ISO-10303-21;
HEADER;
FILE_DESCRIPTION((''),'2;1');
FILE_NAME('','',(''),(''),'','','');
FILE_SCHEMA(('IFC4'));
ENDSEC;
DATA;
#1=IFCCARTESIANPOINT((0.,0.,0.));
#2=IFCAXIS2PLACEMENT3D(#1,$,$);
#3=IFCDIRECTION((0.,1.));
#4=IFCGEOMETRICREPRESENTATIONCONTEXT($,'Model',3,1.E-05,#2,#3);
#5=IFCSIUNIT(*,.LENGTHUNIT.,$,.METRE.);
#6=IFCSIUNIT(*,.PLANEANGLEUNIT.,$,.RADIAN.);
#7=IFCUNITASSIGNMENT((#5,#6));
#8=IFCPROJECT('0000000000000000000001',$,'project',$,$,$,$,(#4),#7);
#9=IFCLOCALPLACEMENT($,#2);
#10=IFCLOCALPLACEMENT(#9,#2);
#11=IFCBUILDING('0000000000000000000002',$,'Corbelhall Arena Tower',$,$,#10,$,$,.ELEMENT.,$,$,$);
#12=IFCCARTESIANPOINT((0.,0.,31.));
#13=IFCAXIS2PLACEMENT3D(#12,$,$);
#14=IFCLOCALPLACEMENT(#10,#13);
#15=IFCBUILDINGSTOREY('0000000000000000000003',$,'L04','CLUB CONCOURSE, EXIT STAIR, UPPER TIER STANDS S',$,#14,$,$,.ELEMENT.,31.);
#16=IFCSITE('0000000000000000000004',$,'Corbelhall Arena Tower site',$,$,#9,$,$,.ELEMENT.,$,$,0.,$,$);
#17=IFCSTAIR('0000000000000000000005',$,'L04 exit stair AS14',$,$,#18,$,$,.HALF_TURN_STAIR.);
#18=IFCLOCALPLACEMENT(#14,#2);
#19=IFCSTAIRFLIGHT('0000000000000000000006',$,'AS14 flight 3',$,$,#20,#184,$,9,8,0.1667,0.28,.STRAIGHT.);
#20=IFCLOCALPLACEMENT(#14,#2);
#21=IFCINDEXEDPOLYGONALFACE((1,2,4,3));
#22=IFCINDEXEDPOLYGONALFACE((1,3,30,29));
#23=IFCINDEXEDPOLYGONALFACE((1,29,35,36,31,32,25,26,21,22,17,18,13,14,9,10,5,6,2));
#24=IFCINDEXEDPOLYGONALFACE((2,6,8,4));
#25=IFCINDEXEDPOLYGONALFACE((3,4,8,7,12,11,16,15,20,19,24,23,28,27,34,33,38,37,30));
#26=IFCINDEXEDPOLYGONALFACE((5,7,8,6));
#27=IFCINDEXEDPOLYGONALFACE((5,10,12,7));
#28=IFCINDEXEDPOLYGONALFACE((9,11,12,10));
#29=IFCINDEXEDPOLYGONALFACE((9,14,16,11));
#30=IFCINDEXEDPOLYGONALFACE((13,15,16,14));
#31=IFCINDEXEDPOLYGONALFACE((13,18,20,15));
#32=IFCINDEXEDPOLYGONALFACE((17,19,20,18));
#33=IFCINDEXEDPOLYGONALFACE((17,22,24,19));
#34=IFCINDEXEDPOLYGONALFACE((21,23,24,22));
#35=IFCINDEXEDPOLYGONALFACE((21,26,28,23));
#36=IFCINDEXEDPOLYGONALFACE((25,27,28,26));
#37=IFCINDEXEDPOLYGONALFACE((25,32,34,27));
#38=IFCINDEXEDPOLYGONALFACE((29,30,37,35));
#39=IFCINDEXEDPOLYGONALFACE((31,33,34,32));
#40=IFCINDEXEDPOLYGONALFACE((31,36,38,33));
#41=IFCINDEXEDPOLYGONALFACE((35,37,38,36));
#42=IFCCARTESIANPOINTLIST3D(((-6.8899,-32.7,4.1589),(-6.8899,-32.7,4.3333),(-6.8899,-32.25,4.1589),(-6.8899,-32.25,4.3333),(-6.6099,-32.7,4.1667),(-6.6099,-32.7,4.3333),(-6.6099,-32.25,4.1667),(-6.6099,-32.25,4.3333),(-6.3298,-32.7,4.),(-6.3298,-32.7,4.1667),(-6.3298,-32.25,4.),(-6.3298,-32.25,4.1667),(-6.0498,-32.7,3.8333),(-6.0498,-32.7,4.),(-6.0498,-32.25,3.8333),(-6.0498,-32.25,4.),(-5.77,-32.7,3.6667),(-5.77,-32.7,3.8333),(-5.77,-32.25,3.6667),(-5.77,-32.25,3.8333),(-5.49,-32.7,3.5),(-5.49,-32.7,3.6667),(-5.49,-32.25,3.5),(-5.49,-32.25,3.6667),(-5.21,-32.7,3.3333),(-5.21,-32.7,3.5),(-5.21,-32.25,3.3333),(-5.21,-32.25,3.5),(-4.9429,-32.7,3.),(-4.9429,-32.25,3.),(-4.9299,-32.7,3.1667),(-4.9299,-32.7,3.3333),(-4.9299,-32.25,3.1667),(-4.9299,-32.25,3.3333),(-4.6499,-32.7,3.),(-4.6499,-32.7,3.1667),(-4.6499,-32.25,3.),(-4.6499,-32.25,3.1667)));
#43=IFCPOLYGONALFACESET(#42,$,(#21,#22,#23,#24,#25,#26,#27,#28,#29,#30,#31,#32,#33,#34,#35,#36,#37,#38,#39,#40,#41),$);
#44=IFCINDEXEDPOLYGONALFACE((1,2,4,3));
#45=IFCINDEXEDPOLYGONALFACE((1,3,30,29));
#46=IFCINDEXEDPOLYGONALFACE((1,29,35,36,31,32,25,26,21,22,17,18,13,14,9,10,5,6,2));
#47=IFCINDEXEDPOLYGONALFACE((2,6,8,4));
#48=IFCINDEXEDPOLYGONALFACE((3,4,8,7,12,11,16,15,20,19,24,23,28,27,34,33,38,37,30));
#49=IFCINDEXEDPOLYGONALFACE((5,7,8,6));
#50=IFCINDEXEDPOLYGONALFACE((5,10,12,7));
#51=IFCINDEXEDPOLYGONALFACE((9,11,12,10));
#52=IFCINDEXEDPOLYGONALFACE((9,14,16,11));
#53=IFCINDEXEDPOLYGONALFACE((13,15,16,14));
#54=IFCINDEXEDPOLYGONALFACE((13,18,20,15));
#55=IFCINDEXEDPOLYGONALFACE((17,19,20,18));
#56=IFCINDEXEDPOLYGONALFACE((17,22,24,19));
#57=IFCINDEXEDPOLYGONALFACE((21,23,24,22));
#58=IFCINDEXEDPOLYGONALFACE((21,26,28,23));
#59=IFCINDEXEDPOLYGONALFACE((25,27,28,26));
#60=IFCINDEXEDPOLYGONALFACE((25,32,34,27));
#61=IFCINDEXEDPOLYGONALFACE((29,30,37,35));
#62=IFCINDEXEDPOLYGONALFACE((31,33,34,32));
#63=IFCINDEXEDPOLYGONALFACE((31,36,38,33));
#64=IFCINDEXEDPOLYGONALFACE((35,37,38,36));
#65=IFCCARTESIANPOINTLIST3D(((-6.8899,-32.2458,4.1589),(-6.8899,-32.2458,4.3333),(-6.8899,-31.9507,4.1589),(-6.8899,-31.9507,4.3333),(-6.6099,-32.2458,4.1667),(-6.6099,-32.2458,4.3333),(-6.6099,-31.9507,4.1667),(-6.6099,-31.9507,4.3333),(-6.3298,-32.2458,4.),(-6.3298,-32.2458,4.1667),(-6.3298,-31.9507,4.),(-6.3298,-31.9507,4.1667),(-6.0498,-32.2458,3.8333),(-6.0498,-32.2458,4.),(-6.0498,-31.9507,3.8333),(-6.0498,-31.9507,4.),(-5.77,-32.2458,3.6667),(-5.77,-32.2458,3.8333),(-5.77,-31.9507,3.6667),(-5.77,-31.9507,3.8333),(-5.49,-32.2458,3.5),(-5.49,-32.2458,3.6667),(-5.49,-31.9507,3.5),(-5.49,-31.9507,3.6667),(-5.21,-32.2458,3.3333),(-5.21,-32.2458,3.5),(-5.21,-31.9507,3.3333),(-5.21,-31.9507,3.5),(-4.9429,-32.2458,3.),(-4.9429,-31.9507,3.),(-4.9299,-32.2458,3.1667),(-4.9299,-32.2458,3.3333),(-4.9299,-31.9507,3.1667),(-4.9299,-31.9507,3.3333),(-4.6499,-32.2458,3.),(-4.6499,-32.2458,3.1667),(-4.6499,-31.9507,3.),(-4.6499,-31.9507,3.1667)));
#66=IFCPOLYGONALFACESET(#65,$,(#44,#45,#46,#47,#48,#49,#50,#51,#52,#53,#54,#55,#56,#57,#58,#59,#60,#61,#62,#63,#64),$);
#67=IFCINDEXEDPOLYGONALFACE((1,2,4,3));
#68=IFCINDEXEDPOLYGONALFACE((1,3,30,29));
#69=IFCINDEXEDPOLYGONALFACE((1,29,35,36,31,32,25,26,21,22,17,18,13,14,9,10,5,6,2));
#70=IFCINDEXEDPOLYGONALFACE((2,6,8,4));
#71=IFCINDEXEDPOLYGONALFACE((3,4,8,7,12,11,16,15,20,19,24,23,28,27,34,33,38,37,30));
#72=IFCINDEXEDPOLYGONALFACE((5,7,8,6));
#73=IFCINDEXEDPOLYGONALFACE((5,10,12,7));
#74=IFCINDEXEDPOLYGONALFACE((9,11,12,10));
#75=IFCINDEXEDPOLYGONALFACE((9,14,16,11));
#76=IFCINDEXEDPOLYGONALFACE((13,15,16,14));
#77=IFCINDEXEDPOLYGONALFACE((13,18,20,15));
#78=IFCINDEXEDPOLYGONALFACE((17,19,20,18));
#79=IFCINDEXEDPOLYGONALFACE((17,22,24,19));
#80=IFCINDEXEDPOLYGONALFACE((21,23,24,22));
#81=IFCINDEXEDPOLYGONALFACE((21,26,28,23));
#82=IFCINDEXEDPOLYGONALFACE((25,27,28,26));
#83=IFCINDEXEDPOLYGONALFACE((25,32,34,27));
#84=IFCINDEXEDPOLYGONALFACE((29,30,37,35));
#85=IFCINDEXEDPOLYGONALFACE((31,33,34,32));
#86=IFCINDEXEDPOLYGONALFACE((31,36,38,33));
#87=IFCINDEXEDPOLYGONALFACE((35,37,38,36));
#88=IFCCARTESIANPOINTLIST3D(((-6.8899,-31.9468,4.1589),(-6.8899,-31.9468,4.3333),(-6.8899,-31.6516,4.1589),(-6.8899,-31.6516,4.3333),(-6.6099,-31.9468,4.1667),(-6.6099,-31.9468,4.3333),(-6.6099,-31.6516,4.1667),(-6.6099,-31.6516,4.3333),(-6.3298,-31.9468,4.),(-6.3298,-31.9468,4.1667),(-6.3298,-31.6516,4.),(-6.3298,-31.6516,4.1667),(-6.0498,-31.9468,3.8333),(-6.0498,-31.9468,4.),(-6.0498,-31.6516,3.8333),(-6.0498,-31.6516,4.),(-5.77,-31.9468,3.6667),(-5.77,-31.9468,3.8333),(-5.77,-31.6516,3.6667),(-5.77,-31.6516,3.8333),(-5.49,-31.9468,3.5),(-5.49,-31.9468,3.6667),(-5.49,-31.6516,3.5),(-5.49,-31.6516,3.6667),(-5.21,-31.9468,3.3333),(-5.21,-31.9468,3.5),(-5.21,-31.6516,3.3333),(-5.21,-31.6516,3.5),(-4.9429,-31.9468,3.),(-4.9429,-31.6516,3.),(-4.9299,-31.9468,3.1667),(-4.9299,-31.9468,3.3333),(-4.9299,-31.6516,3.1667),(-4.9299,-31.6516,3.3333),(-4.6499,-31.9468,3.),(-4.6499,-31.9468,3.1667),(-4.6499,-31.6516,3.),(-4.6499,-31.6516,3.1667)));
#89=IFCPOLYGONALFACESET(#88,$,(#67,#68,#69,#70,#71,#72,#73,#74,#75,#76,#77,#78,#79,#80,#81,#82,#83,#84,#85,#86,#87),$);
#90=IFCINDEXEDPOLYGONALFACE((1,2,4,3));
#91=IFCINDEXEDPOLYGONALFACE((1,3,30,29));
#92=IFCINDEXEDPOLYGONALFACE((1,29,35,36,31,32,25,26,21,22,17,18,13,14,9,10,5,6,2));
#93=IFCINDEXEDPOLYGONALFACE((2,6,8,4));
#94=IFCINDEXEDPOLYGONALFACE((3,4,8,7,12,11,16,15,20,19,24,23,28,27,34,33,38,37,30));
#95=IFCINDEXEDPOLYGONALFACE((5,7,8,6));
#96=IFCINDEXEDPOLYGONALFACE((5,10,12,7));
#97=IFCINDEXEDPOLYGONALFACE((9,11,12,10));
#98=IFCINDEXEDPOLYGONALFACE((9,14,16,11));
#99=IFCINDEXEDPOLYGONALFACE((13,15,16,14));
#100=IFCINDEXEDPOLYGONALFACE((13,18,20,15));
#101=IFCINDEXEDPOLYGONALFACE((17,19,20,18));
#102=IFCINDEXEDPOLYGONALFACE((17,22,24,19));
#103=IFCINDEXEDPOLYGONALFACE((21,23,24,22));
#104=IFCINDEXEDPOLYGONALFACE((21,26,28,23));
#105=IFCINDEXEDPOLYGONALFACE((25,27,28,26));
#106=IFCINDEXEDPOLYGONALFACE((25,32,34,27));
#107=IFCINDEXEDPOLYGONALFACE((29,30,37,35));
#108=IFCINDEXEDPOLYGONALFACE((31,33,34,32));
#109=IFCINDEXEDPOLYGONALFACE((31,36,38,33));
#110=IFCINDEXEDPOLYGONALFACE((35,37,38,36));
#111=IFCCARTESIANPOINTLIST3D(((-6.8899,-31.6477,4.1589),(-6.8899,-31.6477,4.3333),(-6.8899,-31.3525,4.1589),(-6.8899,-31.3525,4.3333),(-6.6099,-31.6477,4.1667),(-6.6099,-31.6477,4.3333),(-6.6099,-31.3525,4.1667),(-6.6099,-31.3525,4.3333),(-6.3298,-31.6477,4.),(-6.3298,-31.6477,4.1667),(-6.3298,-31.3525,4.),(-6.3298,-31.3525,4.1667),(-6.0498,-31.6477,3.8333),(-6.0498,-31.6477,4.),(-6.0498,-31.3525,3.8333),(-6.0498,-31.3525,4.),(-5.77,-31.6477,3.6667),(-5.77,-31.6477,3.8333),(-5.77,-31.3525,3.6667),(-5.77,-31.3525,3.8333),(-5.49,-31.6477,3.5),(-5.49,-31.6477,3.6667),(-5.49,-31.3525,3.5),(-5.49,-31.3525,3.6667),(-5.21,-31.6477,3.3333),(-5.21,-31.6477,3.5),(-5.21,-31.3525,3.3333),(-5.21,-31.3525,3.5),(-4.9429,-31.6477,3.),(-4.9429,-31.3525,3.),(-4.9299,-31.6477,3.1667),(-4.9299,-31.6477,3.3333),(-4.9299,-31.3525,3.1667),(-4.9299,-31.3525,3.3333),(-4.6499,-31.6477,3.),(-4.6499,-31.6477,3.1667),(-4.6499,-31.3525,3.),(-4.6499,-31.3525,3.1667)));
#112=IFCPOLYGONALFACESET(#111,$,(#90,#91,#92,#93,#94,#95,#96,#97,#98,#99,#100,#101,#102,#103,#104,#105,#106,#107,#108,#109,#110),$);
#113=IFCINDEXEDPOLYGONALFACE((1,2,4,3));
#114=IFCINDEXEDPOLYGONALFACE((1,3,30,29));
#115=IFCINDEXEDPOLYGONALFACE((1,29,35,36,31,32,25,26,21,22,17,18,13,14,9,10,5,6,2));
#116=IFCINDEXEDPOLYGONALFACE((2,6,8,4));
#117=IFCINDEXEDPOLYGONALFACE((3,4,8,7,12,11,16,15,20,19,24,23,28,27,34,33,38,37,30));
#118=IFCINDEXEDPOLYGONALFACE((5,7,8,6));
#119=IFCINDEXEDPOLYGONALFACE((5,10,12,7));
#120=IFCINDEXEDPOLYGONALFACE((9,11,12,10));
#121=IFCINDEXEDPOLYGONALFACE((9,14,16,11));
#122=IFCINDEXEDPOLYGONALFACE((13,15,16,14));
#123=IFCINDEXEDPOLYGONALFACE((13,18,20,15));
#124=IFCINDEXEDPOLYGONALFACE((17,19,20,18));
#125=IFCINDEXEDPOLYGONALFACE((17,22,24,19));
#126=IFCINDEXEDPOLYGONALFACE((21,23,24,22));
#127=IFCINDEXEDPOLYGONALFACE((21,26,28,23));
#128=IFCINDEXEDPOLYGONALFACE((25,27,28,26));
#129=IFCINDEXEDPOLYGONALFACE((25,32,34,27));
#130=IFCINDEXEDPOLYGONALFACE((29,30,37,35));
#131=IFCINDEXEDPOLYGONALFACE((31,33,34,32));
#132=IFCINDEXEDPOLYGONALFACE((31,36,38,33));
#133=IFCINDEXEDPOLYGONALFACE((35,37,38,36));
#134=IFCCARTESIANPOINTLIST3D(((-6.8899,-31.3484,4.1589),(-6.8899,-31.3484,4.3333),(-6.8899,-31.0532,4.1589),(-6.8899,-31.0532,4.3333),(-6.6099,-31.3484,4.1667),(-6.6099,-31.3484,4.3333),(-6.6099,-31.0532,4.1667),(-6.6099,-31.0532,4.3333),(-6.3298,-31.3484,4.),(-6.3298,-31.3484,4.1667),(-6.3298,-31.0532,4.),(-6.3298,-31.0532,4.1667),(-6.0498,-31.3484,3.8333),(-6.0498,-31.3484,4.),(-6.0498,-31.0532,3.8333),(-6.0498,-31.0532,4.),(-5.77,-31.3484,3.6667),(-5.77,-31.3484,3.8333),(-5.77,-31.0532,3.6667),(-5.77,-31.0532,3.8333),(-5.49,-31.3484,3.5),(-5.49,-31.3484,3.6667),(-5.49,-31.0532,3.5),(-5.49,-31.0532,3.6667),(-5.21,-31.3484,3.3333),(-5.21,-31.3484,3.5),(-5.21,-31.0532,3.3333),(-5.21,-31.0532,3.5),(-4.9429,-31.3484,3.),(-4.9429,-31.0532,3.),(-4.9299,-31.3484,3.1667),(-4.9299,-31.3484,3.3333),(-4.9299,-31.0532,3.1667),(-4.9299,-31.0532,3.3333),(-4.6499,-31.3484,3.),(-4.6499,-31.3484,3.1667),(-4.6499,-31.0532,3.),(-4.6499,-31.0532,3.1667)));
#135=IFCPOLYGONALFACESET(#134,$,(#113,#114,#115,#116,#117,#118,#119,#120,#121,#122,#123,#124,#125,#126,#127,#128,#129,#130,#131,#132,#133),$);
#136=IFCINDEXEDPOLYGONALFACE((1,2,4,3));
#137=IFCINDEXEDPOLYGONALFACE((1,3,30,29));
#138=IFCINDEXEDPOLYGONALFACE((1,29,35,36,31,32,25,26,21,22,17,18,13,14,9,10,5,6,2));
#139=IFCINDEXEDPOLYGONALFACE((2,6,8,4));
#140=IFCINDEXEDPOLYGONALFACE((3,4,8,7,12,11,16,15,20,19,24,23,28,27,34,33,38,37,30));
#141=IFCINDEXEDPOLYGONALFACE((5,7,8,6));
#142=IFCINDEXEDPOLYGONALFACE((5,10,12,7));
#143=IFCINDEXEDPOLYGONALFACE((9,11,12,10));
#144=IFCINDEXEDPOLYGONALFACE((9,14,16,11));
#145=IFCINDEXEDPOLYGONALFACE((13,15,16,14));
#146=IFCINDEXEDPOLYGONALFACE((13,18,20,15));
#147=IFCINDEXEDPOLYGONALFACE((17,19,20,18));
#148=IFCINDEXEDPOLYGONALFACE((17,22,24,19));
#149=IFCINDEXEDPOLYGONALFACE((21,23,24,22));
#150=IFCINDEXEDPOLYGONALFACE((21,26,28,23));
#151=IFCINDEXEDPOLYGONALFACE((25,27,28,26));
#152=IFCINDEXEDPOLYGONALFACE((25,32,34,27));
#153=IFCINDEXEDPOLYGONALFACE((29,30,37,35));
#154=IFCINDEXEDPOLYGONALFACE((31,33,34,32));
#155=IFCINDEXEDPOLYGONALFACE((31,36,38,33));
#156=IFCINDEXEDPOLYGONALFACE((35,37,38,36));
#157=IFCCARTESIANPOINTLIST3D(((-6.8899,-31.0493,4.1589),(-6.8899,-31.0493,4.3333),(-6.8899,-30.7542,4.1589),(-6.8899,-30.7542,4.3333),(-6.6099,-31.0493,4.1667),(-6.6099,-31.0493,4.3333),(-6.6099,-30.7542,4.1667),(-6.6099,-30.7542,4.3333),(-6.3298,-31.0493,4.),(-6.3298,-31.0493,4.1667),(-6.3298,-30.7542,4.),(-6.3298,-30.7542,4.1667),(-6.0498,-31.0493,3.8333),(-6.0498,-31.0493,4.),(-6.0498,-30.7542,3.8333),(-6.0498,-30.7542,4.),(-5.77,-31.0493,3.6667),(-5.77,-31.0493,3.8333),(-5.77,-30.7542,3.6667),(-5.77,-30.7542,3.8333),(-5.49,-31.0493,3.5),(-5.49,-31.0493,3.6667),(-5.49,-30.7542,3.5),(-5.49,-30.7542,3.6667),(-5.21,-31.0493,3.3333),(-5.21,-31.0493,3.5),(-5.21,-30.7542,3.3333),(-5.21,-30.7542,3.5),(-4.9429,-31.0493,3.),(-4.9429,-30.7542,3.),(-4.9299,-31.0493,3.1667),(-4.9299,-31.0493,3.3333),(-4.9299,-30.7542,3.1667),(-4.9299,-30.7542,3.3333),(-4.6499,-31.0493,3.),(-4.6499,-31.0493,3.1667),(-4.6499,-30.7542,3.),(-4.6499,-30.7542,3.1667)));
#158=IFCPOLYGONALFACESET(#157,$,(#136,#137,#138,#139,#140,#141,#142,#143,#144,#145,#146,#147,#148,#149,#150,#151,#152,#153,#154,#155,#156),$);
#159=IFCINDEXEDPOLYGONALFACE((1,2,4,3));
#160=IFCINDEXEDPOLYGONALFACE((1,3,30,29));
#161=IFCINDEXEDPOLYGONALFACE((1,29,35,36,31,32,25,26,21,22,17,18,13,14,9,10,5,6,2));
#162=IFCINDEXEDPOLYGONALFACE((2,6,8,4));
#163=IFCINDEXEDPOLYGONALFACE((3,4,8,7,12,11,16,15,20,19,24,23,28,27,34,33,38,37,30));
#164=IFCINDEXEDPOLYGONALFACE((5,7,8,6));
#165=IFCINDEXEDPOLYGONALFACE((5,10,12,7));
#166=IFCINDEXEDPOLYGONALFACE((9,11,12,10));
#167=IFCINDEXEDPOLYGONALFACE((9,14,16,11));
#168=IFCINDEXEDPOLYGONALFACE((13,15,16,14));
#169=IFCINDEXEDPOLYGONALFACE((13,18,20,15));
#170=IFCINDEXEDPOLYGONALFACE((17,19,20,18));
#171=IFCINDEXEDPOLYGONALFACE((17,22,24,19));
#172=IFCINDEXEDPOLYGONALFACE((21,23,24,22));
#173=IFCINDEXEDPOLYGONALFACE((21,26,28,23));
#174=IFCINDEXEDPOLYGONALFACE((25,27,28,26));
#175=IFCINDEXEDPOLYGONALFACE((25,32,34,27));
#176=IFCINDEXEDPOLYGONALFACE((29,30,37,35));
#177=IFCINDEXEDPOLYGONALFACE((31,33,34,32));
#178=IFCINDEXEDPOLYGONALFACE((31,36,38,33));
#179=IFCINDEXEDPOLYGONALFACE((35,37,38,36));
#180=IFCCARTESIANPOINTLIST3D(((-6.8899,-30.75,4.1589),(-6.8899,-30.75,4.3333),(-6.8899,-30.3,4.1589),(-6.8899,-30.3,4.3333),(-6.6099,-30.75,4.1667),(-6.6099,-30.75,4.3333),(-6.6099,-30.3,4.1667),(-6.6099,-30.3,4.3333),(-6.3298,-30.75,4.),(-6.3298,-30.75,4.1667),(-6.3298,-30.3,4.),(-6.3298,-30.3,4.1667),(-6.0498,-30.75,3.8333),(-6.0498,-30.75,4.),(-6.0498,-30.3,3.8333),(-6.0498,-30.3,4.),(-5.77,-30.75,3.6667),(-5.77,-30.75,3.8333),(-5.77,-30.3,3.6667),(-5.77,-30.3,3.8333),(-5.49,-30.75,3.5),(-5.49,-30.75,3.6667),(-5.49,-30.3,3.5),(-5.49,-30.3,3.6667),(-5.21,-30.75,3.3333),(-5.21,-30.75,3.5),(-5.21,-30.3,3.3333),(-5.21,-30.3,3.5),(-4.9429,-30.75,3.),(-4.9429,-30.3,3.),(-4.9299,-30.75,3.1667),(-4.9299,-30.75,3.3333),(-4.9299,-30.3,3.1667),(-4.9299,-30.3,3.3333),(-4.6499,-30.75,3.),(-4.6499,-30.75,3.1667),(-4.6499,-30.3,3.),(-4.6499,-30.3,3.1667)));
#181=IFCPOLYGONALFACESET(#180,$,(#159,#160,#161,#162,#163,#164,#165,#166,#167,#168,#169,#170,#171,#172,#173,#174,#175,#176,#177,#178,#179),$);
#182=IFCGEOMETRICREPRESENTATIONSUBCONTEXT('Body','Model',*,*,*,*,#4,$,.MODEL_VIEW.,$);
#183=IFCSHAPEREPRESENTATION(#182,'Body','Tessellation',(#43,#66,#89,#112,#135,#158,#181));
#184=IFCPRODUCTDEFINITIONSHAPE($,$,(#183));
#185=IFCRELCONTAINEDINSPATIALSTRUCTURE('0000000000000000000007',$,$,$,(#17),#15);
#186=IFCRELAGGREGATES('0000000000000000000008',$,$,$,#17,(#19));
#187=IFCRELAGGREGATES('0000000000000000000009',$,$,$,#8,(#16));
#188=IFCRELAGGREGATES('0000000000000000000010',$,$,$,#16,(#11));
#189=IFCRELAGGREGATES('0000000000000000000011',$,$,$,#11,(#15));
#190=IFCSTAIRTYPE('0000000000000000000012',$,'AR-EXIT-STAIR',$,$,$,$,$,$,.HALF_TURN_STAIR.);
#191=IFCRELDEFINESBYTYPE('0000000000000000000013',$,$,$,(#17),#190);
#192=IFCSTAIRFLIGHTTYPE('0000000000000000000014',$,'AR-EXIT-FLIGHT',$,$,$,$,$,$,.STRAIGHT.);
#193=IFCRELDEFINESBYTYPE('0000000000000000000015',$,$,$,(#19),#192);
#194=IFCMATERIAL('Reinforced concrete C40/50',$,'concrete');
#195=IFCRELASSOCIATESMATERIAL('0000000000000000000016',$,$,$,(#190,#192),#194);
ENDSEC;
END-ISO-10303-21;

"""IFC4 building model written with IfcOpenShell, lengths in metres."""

from ifc_helpers import new_model, si_unit, direction, frame, origin, place, context, subcontext, project, spatial, polyline, outline, extrude, material, type_object, element, aggregate, save


model = new_model("IFC4")

# Units and contexts
model_context = context("Model", 3, precision=1e-05, world=origin(), true_north=direction((0.0, 1.0)))
body_context = subcontext(model_context, "Body", "Model", "MODEL_VIEW")
ifc_project = project(units=[si_unit("LENGTHUNIT", "METRE"), si_unit("PLANEANGLEUNIT", "RADIAN")], contexts=[model_context])

# Site, building, storey
site_placement = place(None, origin())
site = spatial("IfcSite", under=ifc_project, at=site_placement, Name="Corbelhall Arena Tower site", CompositionType="ELEMENT", RefElevation=0.0)
building_placement = place(site_placement, origin())
building = spatial("IfcBuilding", under=site, at=building_placement, Name="Corbelhall Arena Tower", CompositionType="ELEMENT")
storey_placement = place(building_placement, frame((0.0, 0.0, 31.0)))
storey = spatial("IfcBuildingStorey", under=building, at=storey_placement, Name="L04", Description="CLUB CONCOURSE, EXIT STAIR, UPPER TIER STANDS S", CompositionType="ELEMENT", Elevation=31.0)

# Shared definitions
ifc_material_1 = material(Name="Reinforced concrete C40/50", Category="concrete")

# Shared definitions
stair_type = type_object("IfcStairType", Name="AR-EXIT-STAIR", PredefinedType="HALF_TURN_STAIR", material=ifc_material_1)
stair_flight_type = type_object("IfcStairFlightType", Name="AR-EXIT-FLIGHT", PredefinedType="STRAIGHT", material=ifc_material_1)

# Stair, stair flight
stair_1_placement = place(storey_placement, origin())
stair_1 = element("IfcStair", 1, at=stair_1_placement, inside=storey, type_object=stair_type, Name="L04 exit stair AS14", PredefinedType="HALF_TURN_STAIR")
stair_flight_1_placement = place(storey_placement, frame((-4.6499, -31.5, 3.0), z_axis=(0.0, 0.0, 1.0), x_axis=(-1.0, 0.0, 0.0)))
stair_flight_1 = element("IfcStairFlight", 2, at=stair_flight_1_placement, type_object=stair_flight_type, Name="AS14 flight 3", NumberOfRisers=9, NumberOfTreads=8, PredefinedType="STRAIGHT", RiserHeight=0.1667, TreadLength=0.28, context=body_context, shape_type="SweptSolid", body=[
    extrude(outline(polyline([(0.0, 0.0), (0.0, 0.1667), (0.28, 0.1667), (0.28, 0.3333), (0.5601, 0.3333), (0.5601, 0.5), (0.8401, 0.5), (0.8401, 0.6667), (1.1201, 0.6667), (1.1201, 0.8333), (1.3999, 0.8333), (1.3999, 1.0), (1.6799, 1.0), (1.6799, 1.1667), (1.96, 1.1667), (1.96, 1.3333), (2.24, 1.3333), (2.24, 1.5), (2.24, 1.1589), (0.293, 0.0), (0.0, 0.0)])), frame((0.0, 1.2, 0.0), z_axis=(0.0, -1.0, 0.0), x_axis=(1.0, 0.0, 0.0)), (0.0, 0.0, 1.0), 0.45),
    extrude(outline(polyline([(0.0, 0.0), (0.0, 0.1667), (0.28, 0.1667), (0.28, 0.3333), (0.5601, 0.3333), (0.5601, 0.5), (0.8401, 0.5), (0.8401, 0.6667), (1.1201, 0.6667), (1.1201, 0.8333), (1.3999, 0.8333), (1.3999, 1.0), (1.6799, 1.0), (1.6799, 1.1667), (1.96, 1.1667), (1.96, 1.3333), (2.24, 1.3333), (2.24, 1.5), (2.24, 1.1589), (0.293, 0.0), (0.0, 0.0)])), frame((0.0, 0.7458, 0.0), z_axis=(0.0, -1.0, 0.0), x_axis=(1.0, 0.0, 0.0)), (0.0, 0.0, 1.0), 0.2952),
    extrude(outline(polyline([(0.0, 0.0), (0.0, 0.1667), (0.28, 0.1667), (0.28, 0.3333), (0.5601, 0.3333), (0.5601, 0.5), (0.8401, 0.5), (0.8401, 0.6667), (1.1201, 0.6667), (1.1201, 0.8333), (1.3999, 0.8333), (1.3999, 1.0), (1.6799, 1.0), (1.6799, 1.1667), (1.96, 1.1667), (1.96, 1.3333), (2.24, 1.3333), (2.24, 1.5), (2.24, 1.1589), (0.293, 0.0), (0.0, 0.0)])), frame((0.0, 0.4468, 0.0), z_axis=(0.0, -1.0, 0.0), x_axis=(1.0, 0.0, 0.0)), (0.0, 0.0, 1.0), 0.2952),
    extrude(outline(polyline([(0.0, 0.0), (0.0, 0.1667), (0.28, 0.1667), (0.28, 0.3333), (0.5601, 0.3333), (0.5601, 0.5), (0.8401, 0.5), (0.8401, 0.6667), (1.1201, 0.6667), (1.1201, 0.8333), (1.3999, 0.8333), (1.3999, 1.0), (1.6799, 1.0), (1.6799, 1.1667), (1.96, 1.1667), (1.96, 1.3333), (2.24, 1.3333), (2.24, 1.5), (2.24, 1.1589), (0.293, 0.0), (0.0, 0.0)])), frame((0.0, 0.1477, 0.0), z_axis=(0.0, -1.0, 0.0), x_axis=(1.0, 0.0, 0.0)), (0.0, 0.0, 1.0), 0.2952),
    extrude(outline(polyline([(0.0, 0.0), (0.0, 0.1667), (0.28, 0.1667), (0.28, 0.3333), (0.5601, 0.3333), (0.5601, 0.5), (0.8401, 0.5), (0.8401, 0.6667), (1.1201, 0.6667), (1.1201, 0.8333), (1.3999, 0.8333), (1.3999, 1.0), (1.6799, 1.0), (1.6799, 1.1667), (1.96, 1.1667), (1.96, 1.3333), (2.24, 1.3333), (2.24, 1.5), (2.24, 1.1589), (0.293, 0.0), (0.0, 0.0)])), frame((0.0, -0.1516, 0.0), z_axis=(0.0, -1.0, 0.0), x_axis=(1.0, 0.0, 0.0)), (0.0, 0.0, 1.0), 0.2952),
    extrude(outline(polyline([(0.0, 0.0), (0.0, 0.1667), (0.28, 0.1667), (0.28, 0.3333), (0.5601, 0.3333), (0.5601, 0.5), (0.8401, 0.5), (0.8401, 0.6667), (1.1201, 0.6667), (1.1201, 0.8333), (1.3999, 0.8333), (1.3999, 1.0), (1.6799, 1.0), (1.6799, 1.1667), (1.96, 1.1667), (1.96, 1.3333), (2.24, 1.3333), (2.24, 1.5), (2.24, 1.1589), (0.293, 0.0), (0.0, 0.0)])), frame((0.0, -0.4507, 0.0), z_axis=(0.0, -1.0, 0.0), x_axis=(1.0, 0.0, 0.0)), (0.0, 0.0, 1.0), 0.2952),
    extrude(outline(polyline([(0.0, 0.0), (0.0, 0.1667), (0.28, 0.1667), (0.28, 0.3333), (0.5601, 0.3333), (0.5601, 0.5), (0.8401, 0.5), (0.8401, 0.6667), (1.1201, 0.6667), (1.1201, 0.8333), (1.3999, 0.8333), (1.3999, 1.0), (1.6799, 1.0), (1.6799, 1.1667), (1.96, 1.1667), (1.96, 1.3333), (2.24, 1.3333), (2.24, 1.5), (2.24, 1.1589), (0.293, 0.0), (0.0, 0.0)])), frame((0.0, -0.75, 0.0), z_axis=(0.0, -1.0, 0.0), x_axis=(1.0, 0.0, 0.0)), (0.0, 0.0, 1.0), 0.45),
])
aggregate(stair_1, [stair_flight_1])

save(model, "model.ifc")
